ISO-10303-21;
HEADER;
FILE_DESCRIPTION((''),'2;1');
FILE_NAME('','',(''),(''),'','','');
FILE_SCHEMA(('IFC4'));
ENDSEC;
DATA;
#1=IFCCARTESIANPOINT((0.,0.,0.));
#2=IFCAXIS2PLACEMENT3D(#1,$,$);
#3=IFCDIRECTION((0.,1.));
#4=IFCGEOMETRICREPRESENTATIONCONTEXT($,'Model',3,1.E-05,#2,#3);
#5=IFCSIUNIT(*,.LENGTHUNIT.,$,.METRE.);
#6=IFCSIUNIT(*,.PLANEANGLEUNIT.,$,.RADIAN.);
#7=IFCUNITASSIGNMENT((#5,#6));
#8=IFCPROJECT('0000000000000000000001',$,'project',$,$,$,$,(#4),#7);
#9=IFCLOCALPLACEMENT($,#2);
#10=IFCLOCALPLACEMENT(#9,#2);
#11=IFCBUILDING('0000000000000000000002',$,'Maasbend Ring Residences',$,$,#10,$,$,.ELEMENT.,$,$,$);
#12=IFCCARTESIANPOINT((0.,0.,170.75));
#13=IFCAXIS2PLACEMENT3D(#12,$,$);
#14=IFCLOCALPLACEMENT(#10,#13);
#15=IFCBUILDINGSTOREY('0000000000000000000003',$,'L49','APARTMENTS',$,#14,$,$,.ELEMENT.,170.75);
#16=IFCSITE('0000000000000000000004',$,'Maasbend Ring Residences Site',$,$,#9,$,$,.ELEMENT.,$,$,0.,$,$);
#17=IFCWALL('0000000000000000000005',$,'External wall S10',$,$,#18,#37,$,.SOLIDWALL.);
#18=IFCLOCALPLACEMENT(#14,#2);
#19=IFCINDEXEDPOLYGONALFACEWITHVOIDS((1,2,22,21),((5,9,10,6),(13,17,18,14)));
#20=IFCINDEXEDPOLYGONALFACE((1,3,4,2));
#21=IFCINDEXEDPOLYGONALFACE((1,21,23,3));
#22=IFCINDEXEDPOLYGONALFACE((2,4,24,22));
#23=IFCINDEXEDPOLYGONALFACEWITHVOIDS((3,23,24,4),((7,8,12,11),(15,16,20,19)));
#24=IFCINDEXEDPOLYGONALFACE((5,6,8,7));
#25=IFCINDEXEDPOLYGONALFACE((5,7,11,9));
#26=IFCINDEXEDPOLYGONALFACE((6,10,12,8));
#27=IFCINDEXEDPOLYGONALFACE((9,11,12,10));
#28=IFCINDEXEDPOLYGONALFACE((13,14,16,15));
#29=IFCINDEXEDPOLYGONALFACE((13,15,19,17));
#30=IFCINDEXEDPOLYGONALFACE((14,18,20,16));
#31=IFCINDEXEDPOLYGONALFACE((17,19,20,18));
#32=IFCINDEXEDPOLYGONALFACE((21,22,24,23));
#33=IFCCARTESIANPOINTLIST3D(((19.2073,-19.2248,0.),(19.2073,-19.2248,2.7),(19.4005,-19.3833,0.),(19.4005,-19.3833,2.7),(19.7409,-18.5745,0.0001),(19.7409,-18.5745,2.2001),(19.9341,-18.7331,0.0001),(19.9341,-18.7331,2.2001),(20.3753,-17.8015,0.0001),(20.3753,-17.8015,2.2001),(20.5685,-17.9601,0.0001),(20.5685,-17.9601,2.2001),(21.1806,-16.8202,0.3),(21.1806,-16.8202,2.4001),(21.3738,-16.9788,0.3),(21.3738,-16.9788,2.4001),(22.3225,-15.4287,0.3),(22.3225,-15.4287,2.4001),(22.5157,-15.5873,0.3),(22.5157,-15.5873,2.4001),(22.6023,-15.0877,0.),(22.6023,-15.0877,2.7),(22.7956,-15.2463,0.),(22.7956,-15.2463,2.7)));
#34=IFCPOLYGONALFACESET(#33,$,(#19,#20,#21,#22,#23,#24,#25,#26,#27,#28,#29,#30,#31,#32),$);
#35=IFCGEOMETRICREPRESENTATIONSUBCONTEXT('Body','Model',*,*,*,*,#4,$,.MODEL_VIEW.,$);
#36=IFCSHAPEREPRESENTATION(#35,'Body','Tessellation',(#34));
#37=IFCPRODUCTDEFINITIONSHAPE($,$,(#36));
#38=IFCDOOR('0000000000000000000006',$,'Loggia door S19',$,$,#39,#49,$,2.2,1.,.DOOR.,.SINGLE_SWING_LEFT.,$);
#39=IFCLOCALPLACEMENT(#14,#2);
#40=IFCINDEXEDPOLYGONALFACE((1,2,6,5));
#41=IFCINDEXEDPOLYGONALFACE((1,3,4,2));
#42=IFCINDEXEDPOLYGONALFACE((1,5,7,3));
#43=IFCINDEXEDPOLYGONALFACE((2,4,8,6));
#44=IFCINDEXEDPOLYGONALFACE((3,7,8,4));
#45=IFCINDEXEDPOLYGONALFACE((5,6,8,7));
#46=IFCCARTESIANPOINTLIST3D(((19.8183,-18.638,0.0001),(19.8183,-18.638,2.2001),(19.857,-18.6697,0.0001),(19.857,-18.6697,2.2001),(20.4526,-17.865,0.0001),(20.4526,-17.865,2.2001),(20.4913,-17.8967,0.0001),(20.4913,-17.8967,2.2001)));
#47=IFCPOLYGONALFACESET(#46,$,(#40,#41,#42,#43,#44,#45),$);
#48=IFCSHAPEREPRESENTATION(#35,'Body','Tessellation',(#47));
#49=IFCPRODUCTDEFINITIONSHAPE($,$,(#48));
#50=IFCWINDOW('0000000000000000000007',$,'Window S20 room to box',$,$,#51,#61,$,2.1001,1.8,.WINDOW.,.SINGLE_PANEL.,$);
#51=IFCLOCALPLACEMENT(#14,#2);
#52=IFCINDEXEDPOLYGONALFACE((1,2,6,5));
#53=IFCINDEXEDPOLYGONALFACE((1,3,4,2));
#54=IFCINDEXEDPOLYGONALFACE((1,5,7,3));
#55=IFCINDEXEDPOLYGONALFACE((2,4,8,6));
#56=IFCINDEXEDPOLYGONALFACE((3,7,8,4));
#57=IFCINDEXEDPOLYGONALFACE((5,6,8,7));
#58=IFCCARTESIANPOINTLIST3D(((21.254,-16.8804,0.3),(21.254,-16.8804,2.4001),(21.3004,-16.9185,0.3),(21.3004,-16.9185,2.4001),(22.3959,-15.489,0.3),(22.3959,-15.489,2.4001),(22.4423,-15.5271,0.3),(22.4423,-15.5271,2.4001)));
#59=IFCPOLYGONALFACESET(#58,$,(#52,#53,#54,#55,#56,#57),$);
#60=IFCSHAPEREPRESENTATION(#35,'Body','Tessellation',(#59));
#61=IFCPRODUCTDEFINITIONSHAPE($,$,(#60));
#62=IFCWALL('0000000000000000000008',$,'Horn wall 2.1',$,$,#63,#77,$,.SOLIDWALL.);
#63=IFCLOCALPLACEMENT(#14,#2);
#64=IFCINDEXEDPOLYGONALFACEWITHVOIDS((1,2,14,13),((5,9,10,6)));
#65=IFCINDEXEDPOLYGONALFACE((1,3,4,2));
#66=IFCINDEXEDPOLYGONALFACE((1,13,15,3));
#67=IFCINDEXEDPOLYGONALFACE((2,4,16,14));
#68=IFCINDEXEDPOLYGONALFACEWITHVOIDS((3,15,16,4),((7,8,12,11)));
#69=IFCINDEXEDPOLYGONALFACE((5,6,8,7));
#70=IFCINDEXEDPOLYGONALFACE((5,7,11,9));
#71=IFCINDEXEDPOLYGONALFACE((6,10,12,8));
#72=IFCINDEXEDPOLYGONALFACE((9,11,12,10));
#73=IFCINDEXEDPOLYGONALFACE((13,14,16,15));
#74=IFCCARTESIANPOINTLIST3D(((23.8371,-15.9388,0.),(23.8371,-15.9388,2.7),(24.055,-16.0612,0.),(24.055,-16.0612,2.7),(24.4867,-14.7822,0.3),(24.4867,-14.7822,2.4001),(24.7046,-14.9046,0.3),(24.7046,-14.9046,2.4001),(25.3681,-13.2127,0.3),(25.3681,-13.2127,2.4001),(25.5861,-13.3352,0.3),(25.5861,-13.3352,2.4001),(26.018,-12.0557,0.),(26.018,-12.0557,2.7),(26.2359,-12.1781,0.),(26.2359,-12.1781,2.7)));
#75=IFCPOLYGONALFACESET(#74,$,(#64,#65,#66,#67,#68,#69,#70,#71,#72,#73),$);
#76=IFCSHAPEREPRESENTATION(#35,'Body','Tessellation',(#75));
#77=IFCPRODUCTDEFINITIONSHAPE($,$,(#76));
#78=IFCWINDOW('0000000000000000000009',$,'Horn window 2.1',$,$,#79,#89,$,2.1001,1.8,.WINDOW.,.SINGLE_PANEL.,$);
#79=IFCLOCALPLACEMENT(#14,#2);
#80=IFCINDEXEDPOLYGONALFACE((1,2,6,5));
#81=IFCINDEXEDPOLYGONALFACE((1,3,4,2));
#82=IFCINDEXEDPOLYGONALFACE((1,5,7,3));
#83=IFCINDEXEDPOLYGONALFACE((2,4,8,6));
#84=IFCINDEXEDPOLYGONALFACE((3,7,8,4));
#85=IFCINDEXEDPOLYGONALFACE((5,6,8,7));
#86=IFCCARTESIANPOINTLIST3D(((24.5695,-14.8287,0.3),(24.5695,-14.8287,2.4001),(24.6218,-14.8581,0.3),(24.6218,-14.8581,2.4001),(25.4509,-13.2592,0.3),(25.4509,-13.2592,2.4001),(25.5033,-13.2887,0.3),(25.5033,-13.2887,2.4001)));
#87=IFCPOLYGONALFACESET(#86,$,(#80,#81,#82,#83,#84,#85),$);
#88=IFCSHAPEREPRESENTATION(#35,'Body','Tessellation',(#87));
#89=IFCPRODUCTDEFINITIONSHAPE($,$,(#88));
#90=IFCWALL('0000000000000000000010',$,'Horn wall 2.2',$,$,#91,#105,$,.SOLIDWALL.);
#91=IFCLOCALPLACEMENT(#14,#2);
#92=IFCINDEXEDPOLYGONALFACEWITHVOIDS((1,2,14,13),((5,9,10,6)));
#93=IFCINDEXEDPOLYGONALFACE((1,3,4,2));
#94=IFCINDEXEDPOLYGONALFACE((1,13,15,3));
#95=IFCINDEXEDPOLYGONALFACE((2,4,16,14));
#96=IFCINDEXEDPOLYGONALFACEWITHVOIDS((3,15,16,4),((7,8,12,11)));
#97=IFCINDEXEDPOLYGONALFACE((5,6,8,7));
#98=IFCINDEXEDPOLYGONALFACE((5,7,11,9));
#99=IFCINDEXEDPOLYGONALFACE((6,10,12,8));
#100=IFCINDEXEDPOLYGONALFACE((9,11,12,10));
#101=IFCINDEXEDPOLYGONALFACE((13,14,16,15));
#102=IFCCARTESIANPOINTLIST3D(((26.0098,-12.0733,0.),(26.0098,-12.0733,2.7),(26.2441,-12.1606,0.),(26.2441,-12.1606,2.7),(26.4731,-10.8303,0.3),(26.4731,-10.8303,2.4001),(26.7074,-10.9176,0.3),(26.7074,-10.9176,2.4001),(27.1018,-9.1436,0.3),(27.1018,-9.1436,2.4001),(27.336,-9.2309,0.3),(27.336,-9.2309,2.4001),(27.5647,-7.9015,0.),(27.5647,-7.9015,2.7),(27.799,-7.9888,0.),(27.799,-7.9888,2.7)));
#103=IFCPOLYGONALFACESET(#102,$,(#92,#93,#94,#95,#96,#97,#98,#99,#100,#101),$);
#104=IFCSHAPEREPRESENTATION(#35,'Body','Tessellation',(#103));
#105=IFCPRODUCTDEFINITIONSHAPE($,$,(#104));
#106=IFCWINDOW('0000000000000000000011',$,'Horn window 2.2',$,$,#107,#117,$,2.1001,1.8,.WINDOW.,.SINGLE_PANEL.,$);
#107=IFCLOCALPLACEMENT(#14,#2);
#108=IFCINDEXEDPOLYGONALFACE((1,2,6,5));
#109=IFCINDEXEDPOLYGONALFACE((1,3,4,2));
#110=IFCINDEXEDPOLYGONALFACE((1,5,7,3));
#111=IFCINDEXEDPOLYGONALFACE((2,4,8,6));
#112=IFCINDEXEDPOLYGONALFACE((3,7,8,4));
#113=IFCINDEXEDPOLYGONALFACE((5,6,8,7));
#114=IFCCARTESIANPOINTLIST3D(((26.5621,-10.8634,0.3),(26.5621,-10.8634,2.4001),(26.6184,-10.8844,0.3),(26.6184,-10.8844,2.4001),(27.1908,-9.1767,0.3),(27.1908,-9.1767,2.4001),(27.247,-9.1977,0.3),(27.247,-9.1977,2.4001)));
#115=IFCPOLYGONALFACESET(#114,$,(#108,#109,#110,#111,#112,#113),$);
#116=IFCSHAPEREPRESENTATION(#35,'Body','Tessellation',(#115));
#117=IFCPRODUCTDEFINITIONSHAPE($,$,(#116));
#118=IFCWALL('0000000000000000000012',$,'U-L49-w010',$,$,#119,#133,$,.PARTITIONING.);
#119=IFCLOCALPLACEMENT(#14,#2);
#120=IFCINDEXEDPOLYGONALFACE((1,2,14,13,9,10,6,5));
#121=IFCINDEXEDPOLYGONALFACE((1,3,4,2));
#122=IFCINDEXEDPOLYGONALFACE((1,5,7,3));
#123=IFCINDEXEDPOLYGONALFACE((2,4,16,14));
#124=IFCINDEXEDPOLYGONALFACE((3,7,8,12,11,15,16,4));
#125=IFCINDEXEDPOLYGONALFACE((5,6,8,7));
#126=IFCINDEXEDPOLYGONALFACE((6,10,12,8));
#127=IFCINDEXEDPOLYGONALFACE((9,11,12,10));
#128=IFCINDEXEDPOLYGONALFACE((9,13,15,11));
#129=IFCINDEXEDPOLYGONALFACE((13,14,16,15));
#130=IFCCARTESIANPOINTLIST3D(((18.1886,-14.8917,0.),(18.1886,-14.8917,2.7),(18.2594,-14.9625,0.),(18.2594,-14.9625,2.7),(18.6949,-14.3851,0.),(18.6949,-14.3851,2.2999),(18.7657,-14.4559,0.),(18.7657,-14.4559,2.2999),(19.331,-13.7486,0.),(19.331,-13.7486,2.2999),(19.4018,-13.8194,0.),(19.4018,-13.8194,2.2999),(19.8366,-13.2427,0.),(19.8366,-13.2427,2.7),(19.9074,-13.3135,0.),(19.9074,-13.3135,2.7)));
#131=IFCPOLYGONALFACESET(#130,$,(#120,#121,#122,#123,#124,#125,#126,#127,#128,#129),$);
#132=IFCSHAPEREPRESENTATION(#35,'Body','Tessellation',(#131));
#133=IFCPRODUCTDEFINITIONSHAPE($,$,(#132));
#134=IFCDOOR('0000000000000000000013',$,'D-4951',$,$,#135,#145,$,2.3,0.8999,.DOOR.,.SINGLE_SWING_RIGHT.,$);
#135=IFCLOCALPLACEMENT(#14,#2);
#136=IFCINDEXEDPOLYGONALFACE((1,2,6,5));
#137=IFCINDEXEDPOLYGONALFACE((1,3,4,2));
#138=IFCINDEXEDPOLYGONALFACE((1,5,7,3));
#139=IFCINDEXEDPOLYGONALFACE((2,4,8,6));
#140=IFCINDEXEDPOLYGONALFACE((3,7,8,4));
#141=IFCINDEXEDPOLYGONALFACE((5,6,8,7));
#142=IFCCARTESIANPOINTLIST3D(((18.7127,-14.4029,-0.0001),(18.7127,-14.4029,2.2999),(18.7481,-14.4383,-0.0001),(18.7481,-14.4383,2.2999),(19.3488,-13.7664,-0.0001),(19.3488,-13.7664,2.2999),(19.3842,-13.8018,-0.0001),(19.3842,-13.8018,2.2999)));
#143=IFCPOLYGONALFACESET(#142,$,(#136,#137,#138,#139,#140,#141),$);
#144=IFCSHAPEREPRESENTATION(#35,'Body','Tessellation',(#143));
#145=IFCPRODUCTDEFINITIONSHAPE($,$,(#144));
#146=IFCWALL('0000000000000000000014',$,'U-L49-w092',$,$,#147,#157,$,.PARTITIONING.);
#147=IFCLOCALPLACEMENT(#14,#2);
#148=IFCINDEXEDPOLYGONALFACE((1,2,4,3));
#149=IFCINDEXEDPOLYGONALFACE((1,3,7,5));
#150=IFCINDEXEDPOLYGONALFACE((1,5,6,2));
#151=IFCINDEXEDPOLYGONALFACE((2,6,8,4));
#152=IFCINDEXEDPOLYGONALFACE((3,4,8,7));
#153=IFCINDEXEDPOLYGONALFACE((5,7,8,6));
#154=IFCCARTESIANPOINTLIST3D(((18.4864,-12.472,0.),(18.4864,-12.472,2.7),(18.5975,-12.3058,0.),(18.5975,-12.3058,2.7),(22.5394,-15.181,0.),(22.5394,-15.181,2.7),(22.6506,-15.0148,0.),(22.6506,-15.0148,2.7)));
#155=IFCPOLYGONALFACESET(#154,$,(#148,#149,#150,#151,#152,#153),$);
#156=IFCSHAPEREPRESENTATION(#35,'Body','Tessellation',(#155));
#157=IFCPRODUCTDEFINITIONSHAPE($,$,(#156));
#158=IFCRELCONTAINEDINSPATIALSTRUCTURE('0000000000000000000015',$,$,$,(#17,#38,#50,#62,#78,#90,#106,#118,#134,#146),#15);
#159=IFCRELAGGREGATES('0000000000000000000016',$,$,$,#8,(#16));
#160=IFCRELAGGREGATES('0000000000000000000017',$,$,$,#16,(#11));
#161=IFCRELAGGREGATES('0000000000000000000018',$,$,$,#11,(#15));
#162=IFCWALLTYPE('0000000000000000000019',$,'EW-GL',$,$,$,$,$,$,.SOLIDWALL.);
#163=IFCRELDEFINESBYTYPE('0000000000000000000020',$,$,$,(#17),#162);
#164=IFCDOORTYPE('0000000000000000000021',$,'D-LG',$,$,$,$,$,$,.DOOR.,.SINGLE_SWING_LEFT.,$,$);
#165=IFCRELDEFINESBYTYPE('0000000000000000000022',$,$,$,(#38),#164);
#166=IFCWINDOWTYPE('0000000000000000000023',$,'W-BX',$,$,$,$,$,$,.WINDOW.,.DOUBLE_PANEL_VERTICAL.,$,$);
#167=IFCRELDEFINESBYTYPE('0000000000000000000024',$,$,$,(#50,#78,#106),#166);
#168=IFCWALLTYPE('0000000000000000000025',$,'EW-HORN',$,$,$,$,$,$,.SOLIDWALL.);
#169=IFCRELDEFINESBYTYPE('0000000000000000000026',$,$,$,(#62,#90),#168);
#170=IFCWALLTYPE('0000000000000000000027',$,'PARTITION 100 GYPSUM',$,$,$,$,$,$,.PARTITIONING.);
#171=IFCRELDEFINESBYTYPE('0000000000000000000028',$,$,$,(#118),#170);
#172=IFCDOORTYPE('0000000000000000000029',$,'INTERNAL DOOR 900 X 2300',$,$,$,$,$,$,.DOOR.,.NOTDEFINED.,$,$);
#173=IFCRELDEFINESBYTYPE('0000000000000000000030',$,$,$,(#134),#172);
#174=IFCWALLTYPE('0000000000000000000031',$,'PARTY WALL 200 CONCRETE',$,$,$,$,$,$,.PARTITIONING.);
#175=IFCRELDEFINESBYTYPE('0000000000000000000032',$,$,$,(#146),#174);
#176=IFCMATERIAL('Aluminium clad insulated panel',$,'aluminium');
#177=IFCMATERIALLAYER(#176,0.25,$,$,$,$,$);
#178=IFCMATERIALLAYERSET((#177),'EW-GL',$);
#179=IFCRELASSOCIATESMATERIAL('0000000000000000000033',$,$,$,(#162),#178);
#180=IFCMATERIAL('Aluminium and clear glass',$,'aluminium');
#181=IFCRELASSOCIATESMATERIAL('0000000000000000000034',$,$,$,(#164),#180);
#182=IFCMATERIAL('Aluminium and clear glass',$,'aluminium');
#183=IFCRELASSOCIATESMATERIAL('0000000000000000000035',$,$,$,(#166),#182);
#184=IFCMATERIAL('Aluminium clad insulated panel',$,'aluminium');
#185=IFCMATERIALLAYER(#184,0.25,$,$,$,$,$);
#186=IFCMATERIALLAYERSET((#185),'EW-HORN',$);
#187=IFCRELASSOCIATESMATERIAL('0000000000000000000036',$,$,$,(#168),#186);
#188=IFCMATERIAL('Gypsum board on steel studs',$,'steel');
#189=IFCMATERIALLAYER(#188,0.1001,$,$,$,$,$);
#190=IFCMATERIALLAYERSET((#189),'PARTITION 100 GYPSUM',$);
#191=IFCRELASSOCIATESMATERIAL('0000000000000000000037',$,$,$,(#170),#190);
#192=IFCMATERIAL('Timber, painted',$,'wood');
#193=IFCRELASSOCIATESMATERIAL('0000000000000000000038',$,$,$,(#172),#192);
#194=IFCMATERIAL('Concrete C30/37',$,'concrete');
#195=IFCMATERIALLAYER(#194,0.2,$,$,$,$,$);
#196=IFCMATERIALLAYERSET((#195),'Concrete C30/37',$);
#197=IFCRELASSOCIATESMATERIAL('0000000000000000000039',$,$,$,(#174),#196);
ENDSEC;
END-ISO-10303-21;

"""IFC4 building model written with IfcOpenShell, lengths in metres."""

from ifc_helpers import new_model, si_unit, direction, frame, frame_2d, origin, place, context, subcontext, project, spatial, rectangle, extrude, material, layer, layer_set, type_object, element, fill, save


model = new_model("IFC4")

# Units and contexts
model_context = context("Model", 3, precision=1e-05, world=origin(), true_north=direction((0.0, 1.0)))
body_context = subcontext(model_context, "Body", "Model", "MODEL_VIEW")
ifc_project = project(units=[si_unit("LENGTHUNIT", "METRE"), si_unit("PLANEANGLEUNIT", "RADIAN")], contexts=[model_context])

# Site, building, storey
site_placement = place(None, origin())
site = spatial("IfcSite", under=ifc_project, at=site_placement, Name="Maasbend Ring Residences Site", CompositionType="ELEMENT", RefElevation=0.0)
building_placement = place(site_placement, origin())
building = spatial("IfcBuilding", under=site, at=building_placement, Name="Maasbend Ring Residences", CompositionType="ELEMENT")
storey_placement = place(building_placement, frame((0.0, 0.0, 170.75)))
storey = spatial("IfcBuildingStorey", under=building, at=storey_placement, Name="L49", Description="APARTMENTS", CompositionType="ELEMENT", Elevation=170.75)

# Wall, openings, door, window
ifc_material_1 = material(Name="Aluminium clad insulated panel", Category="aluminium")
ifc_layer_1 = layer(ifc_material_1, 0.25)
ifc_layer_set_1 = layer_set([ifc_layer_1], Name="EW-GL")
wall_type_1 = type_object("IfcWallType", Name="EW-GL", PredefinedType="SOLIDWALL", material=ifc_layer_set_1)
wall_1_placement = place(storey_placement, frame((19.304, -19.304, 0.0), z_axis=(0.0, 0.0, 1.0), x_axis=(0.634382, 0.773019, 0.0)))
wall_1 = element("IfcWall", 1, at=wall_1_placement, inside=storey, type_object=wall_type_1, Name="External wall S10", PredefinedType="SOLIDWALL", context=body_context, shape_type="SweptSolid", body=[
    extrude(rectangle(XDim=5.3518, YDim=0.25, at=frame_2d((2.6758, 0.0))), origin(), (0.0, 0.0, 1.0), 2.7),
])
opening_1_placement = place(wall_1_placement, frame((0.8411, 0.0, 0.0)))
opening_1 = element("IfcOpeningElement", 2, at=opening_1_placement, cuts=wall_1, PredefinedType="OPENING", context=body_context, shape_type="SweptSolid", body=[
    extrude(rectangle(XDim=1.0, YDim=2.2, at=frame_2d((0.5, 1.1001))), frame((0.0, 0.135, 0.0), z_axis=(0.0, -1.0, 0.0), x_axis=(1.0, 0.0, 0.0)), (0.0, 0.0, 1.0), 0.27),
])
opening_2_placement = place(wall_1_placement, frame((3.1106, 0.0, 0.3)))
opening_2 = element("IfcOpeningElement", 3, at=opening_2_placement, cuts=wall_1, PredefinedType="OPENING", context=body_context, shape_type="SweptSolid", body=[
    extrude(rectangle(XDim=1.8, YDim=2.1001, at=frame_2d((0.8999, 1.05))), frame((0.0, 0.135, 0.0), z_axis=(0.0, -1.0, 0.0), x_axis=(1.0, 0.0, 0.0)), (0.0, 0.0, 1.0), 0.27),
])
ifc_material_2 = material(Name="Aluminium and clear glass", Category="aluminium")
door_type_1 = type_object("IfcDoorType", Name="D-LG", OperationType="SINGLE_SWING_LEFT", PredefinedType="DOOR", material=ifc_material_2)
door_1_placement = place(opening_1_placement, origin())
door_1 = element("IfcDoor", 4, at=door_1_placement, inside=storey, type_object=door_type_1, Name="Loggia door S19", OperationType="SINGLE_SWING_LEFT", OverallHeight=2.2, OverallWidth=1.0, PredefinedType="DOOR", context=body_context, shape_type="SweptSolid", body=[
    extrude(rectangle(XDim=1.0, YDim=2.2, at=frame_2d((0.5, 1.1001))), frame((0.0, 0.0249, 0.0), z_axis=(0.0, -1.0, 0.0), x_axis=(1.0, 0.0, 0.0)), (0.0, 0.0, 1.0), 0.05),
])
fill(opening_1, door_1)
ifc_material_3 = material(Name="Aluminium and clear glass", Category="aluminium")
window_type_1 = type_object("IfcWindowType", Name="W-BX", PartitioningType="DOUBLE_PANEL_VERTICAL", PredefinedType="WINDOW", material=ifc_material_3)
window_1_placement = place(opening_2_placement, origin())
window_1 = element("IfcWindow", 5, at=window_1_placement, inside=storey, type_object=window_type_1, Name="Window S20 room to box", OverallHeight=2.1001, OverallWidth=1.8, PartitioningType="SINGLE_PANEL", PredefinedType="WINDOW", context=body_context, shape_type="SweptSolid", body=[
    extrude(rectangle(XDim=1.8, YDim=2.1001, at=frame_2d((0.8999, 1.05))), frame((0.0, 0.03, 0.0), z_axis=(0.0, -1.0, 0.0), x_axis=(1.0, 0.0, 0.0)), (0.0, 0.0, 1.0), 0.0601),
])
fill(opening_2, window_1)

# Walls, openings, windows
ifc_material_4 = material(Name="Aluminium clad insulated panel", Category="aluminium")
ifc_layer_2 = layer(ifc_material_4, 0.25)
ifc_layer_set_2 = layer_set([ifc_layer_2], Name="EW-HORN")
wall_type_2 = type_object("IfcWallType", Name="EW-HORN", PredefinedType="SOLIDWALL", material=ifc_layer_set_2)
wall_2_placement = place(storey_placement, frame((23.946, -16.0, 0.0), z_axis=(0.0, 0.0, 1.0), x_axis=(0.489696, 0.871893, 0.0)))
wall_2 = element("IfcWall", 6, at=wall_2_placement, inside=storey, type_object=wall_type_2, Name="Horn wall 2.1", PredefinedType="SOLIDWALL", context=body_context, shape_type="SweptSolid", body=[
    extrude(rectangle(XDim=4.4536, YDim=0.25, at=frame_2d((2.2268, 0.0))), origin(), (0.0, 0.0, 1.0), 2.7),
])
opening_3_placement = place(wall_2_placement, frame((1.3267, 0.0, 0.3)))
opening_3 = element("IfcOpeningElement", 7, at=opening_3_placement, cuts=wall_2, PredefinedType="OPENING", context=body_context, shape_type="SweptSolid", body=[
    extrude(rectangle(XDim=1.8, YDim=2.1001, at=frame_2d((0.8999, 1.05))), frame((0.0, 0.135, 0.0), z_axis=(0.0, -1.0, 0.0), x_axis=(1.0, 0.0, 0.0)), (0.0, 0.0, 1.0), 0.27),
])
window_2_placement = place(opening_3_placement, origin())
window_2 = element("IfcWindow", 8, at=window_2_placement, inside=storey, type_object=window_type_1, Name="Horn window 2.1", OverallHeight=2.1001, OverallWidth=1.8, PartitioningType="SINGLE_PANEL", PredefinedType="WINDOW", context=body_context, shape_type="SweptSolid", body=[
    extrude(rectangle(XDim=1.8, YDim=2.1001, at=frame_2d((0.8999, 1.05))), frame((0.0, 0.03, 0.0), z_axis=(0.0, -1.0, 0.0), x_axis=(1.0, 0.0, 0.0)), (0.0, 0.0, 1.0), 0.0601),
])
fill(opening_3, window_2)
wall_3_placement = place(storey_placement, frame((26.127, -12.1169, 0.0), z_axis=(0.0, 0.0, 1.0), x_axis=(0.349248, 0.93703, 0.0)))
wall_3 = element("IfcWall", 9, at=wall_3_placement, inside=storey, type_object=wall_type_2, Name="Horn wall 2.2", PredefinedType="SOLIDWALL", context=body_context, shape_type="SweptSolid", body=[
    extrude(rectangle(XDim=4.4521, YDim=0.25, at=frame_2d((2.2261, 0.0))), origin(), (0.0, 0.0, 1.0), 2.7),
])
opening_4_placement = place(wall_3_placement, frame((1.3267, 0.0, 0.3)))
opening_4 = element("IfcOpeningElement", 10, at=opening_4_placement, cuts=wall_3, PredefinedType="OPENING", context=body_context, shape_type="SweptSolid", body=[
    extrude(rectangle(XDim=1.8, YDim=2.1001, at=frame_2d((0.8999, 1.05))), frame((0.0, 0.135, 0.0), z_axis=(0.0, -1.0, 0.0), x_axis=(1.0, 0.0, 0.0)), (0.0, 0.0, 1.0), 0.27),
])
window_3_placement = place(opening_4_placement, origin())
window_3 = element("IfcWindow", 11, at=window_3_placement, inside=storey, type_object=window_type_1, Name="Horn window 2.2", OverallHeight=2.1001, OverallWidth=1.8, PartitioningType="SINGLE_PANEL", PredefinedType="WINDOW", context=body_context, shape_type="SweptSolid", body=[
    extrude(rectangle(XDim=1.8, YDim=2.1001, at=frame_2d((0.8999, 1.05))), frame((0.0, 0.03, 0.0), z_axis=(0.0, -1.0, 0.0), x_axis=(1.0, 0.0, 0.0)), (0.0, 0.0, 1.0), 0.0601),
])
fill(opening_4, window_3)

# Wall, opening, door
ifc_material_5 = material(Name="Gypsum board on steel studs", Category="steel")
ifc_layer_3 = layer(ifc_material_5, 0.1001)
ifc_layer_set_3 = layer_set([ifc_layer_3], Name="PARTITION 100 GYPSUM")
wall_type_3 = type_object("IfcWallType", Name="PARTITION 100 GYPSUM", PredefinedType="PARTITIONING", material=ifc_layer_set_3)
wall_4_placement = place(storey_placement, frame((18.2241, -14.927, 0.0), z_axis=(0.0, 0.0, 1.0), x_axis=(0.706897, 0.707316, 0.0)))
wall_4 = element("IfcWall", 12, at=wall_4_placement, inside=storey, type_object=wall_type_3, Name="U-L49-w010", PredefinedType="PARTITIONING", context=body_context, shape_type="SweptSolid", body=[
    extrude(rectangle(XDim=2.3313, YDim=0.1001, at=frame_2d((1.1655, 0.0))), origin(), (0.0, 0.0, 1.0), 2.7),
])
opening_5_placement = place(wall_4_placement, frame((0.7161, 0.0, 0.0)))
opening_5 = element("IfcOpeningElement", 13, at=opening_5_placement, cuts=wall_4, PredefinedType="OPENING", context=body_context, shape_type="SweptSolid", body=[
    extrude(rectangle(XDim=0.8999, YDim=2.3, at=frame_2d((0.45, 1.1499))), frame((0.0, 0.0601, 0.0), z_axis=(0.0, -1.0, 0.0), x_axis=(1.0, 0.0, 0.0)), (0.0, 0.0, 1.0), 0.1201),
])
ifc_material_6 = material(Name="Timber, painted", Category="wood")
door_type_2 = type_object("IfcDoorType", Name="INTERNAL DOOR 900 X 2300", OperationType="NOTDEFINED", PredefinedType="DOOR", material=ifc_material_6)
door_2_placement = place(opening_5_placement, origin())
door_2 = element("IfcDoor", 14, at=door_2_placement, inside=storey, type_object=door_type_2, Name="D-4951", OperationType="SINGLE_SWING_RIGHT", OverallHeight=2.3, OverallWidth=0.8999, PredefinedType="DOOR", context=body_context, shape_type="SweptSolid", body=[
    extrude(rectangle(XDim=0.8999, YDim=2.3, at=frame_2d((0.45, 1.1499))), frame((0.0, 0.0249, 0.0), z_axis=(0.0, -1.0, 0.0), x_axis=(1.0, 0.0, 0.0)), (0.0, 0.0, 1.0), 0.05),
])
fill(opening_5, door_2)

# Wall
ifc_material_7 = material(Name="Concrete C30/37", Category="concrete")
ifc_layer_4 = layer(ifc_material_7, 0.2)
ifc_layer_set_4 = layer_set([ifc_layer_4], Name="Concrete C30/37")
wall_type_4 = type_object("IfcWallType", Name="PARTY WALL 200 CONCRETE", PredefinedType="PARTITIONING", material=ifc_layer_set_4)
wall_5_placement = place(storey_placement, frame((18.542, -12.3889, 0.0), z_axis=(0.0, 0.0, 1.0), x_axis=(0.831387, -0.555694, 0.0)))
element("IfcWall", 15, at=wall_5_placement, inside=storey, type_object=wall_type_4, Name="U-L49-w092", PredefinedType="PARTITIONING", context=body_context, shape_type="SweptSolid", body=[
    extrude(rectangle(XDim=4.875, YDim=0.2, at=frame_2d((2.4375, 0.0))), origin(), (0.0, 0.0, 1.0), 2.7),
])

save(model, "model.ifc")
